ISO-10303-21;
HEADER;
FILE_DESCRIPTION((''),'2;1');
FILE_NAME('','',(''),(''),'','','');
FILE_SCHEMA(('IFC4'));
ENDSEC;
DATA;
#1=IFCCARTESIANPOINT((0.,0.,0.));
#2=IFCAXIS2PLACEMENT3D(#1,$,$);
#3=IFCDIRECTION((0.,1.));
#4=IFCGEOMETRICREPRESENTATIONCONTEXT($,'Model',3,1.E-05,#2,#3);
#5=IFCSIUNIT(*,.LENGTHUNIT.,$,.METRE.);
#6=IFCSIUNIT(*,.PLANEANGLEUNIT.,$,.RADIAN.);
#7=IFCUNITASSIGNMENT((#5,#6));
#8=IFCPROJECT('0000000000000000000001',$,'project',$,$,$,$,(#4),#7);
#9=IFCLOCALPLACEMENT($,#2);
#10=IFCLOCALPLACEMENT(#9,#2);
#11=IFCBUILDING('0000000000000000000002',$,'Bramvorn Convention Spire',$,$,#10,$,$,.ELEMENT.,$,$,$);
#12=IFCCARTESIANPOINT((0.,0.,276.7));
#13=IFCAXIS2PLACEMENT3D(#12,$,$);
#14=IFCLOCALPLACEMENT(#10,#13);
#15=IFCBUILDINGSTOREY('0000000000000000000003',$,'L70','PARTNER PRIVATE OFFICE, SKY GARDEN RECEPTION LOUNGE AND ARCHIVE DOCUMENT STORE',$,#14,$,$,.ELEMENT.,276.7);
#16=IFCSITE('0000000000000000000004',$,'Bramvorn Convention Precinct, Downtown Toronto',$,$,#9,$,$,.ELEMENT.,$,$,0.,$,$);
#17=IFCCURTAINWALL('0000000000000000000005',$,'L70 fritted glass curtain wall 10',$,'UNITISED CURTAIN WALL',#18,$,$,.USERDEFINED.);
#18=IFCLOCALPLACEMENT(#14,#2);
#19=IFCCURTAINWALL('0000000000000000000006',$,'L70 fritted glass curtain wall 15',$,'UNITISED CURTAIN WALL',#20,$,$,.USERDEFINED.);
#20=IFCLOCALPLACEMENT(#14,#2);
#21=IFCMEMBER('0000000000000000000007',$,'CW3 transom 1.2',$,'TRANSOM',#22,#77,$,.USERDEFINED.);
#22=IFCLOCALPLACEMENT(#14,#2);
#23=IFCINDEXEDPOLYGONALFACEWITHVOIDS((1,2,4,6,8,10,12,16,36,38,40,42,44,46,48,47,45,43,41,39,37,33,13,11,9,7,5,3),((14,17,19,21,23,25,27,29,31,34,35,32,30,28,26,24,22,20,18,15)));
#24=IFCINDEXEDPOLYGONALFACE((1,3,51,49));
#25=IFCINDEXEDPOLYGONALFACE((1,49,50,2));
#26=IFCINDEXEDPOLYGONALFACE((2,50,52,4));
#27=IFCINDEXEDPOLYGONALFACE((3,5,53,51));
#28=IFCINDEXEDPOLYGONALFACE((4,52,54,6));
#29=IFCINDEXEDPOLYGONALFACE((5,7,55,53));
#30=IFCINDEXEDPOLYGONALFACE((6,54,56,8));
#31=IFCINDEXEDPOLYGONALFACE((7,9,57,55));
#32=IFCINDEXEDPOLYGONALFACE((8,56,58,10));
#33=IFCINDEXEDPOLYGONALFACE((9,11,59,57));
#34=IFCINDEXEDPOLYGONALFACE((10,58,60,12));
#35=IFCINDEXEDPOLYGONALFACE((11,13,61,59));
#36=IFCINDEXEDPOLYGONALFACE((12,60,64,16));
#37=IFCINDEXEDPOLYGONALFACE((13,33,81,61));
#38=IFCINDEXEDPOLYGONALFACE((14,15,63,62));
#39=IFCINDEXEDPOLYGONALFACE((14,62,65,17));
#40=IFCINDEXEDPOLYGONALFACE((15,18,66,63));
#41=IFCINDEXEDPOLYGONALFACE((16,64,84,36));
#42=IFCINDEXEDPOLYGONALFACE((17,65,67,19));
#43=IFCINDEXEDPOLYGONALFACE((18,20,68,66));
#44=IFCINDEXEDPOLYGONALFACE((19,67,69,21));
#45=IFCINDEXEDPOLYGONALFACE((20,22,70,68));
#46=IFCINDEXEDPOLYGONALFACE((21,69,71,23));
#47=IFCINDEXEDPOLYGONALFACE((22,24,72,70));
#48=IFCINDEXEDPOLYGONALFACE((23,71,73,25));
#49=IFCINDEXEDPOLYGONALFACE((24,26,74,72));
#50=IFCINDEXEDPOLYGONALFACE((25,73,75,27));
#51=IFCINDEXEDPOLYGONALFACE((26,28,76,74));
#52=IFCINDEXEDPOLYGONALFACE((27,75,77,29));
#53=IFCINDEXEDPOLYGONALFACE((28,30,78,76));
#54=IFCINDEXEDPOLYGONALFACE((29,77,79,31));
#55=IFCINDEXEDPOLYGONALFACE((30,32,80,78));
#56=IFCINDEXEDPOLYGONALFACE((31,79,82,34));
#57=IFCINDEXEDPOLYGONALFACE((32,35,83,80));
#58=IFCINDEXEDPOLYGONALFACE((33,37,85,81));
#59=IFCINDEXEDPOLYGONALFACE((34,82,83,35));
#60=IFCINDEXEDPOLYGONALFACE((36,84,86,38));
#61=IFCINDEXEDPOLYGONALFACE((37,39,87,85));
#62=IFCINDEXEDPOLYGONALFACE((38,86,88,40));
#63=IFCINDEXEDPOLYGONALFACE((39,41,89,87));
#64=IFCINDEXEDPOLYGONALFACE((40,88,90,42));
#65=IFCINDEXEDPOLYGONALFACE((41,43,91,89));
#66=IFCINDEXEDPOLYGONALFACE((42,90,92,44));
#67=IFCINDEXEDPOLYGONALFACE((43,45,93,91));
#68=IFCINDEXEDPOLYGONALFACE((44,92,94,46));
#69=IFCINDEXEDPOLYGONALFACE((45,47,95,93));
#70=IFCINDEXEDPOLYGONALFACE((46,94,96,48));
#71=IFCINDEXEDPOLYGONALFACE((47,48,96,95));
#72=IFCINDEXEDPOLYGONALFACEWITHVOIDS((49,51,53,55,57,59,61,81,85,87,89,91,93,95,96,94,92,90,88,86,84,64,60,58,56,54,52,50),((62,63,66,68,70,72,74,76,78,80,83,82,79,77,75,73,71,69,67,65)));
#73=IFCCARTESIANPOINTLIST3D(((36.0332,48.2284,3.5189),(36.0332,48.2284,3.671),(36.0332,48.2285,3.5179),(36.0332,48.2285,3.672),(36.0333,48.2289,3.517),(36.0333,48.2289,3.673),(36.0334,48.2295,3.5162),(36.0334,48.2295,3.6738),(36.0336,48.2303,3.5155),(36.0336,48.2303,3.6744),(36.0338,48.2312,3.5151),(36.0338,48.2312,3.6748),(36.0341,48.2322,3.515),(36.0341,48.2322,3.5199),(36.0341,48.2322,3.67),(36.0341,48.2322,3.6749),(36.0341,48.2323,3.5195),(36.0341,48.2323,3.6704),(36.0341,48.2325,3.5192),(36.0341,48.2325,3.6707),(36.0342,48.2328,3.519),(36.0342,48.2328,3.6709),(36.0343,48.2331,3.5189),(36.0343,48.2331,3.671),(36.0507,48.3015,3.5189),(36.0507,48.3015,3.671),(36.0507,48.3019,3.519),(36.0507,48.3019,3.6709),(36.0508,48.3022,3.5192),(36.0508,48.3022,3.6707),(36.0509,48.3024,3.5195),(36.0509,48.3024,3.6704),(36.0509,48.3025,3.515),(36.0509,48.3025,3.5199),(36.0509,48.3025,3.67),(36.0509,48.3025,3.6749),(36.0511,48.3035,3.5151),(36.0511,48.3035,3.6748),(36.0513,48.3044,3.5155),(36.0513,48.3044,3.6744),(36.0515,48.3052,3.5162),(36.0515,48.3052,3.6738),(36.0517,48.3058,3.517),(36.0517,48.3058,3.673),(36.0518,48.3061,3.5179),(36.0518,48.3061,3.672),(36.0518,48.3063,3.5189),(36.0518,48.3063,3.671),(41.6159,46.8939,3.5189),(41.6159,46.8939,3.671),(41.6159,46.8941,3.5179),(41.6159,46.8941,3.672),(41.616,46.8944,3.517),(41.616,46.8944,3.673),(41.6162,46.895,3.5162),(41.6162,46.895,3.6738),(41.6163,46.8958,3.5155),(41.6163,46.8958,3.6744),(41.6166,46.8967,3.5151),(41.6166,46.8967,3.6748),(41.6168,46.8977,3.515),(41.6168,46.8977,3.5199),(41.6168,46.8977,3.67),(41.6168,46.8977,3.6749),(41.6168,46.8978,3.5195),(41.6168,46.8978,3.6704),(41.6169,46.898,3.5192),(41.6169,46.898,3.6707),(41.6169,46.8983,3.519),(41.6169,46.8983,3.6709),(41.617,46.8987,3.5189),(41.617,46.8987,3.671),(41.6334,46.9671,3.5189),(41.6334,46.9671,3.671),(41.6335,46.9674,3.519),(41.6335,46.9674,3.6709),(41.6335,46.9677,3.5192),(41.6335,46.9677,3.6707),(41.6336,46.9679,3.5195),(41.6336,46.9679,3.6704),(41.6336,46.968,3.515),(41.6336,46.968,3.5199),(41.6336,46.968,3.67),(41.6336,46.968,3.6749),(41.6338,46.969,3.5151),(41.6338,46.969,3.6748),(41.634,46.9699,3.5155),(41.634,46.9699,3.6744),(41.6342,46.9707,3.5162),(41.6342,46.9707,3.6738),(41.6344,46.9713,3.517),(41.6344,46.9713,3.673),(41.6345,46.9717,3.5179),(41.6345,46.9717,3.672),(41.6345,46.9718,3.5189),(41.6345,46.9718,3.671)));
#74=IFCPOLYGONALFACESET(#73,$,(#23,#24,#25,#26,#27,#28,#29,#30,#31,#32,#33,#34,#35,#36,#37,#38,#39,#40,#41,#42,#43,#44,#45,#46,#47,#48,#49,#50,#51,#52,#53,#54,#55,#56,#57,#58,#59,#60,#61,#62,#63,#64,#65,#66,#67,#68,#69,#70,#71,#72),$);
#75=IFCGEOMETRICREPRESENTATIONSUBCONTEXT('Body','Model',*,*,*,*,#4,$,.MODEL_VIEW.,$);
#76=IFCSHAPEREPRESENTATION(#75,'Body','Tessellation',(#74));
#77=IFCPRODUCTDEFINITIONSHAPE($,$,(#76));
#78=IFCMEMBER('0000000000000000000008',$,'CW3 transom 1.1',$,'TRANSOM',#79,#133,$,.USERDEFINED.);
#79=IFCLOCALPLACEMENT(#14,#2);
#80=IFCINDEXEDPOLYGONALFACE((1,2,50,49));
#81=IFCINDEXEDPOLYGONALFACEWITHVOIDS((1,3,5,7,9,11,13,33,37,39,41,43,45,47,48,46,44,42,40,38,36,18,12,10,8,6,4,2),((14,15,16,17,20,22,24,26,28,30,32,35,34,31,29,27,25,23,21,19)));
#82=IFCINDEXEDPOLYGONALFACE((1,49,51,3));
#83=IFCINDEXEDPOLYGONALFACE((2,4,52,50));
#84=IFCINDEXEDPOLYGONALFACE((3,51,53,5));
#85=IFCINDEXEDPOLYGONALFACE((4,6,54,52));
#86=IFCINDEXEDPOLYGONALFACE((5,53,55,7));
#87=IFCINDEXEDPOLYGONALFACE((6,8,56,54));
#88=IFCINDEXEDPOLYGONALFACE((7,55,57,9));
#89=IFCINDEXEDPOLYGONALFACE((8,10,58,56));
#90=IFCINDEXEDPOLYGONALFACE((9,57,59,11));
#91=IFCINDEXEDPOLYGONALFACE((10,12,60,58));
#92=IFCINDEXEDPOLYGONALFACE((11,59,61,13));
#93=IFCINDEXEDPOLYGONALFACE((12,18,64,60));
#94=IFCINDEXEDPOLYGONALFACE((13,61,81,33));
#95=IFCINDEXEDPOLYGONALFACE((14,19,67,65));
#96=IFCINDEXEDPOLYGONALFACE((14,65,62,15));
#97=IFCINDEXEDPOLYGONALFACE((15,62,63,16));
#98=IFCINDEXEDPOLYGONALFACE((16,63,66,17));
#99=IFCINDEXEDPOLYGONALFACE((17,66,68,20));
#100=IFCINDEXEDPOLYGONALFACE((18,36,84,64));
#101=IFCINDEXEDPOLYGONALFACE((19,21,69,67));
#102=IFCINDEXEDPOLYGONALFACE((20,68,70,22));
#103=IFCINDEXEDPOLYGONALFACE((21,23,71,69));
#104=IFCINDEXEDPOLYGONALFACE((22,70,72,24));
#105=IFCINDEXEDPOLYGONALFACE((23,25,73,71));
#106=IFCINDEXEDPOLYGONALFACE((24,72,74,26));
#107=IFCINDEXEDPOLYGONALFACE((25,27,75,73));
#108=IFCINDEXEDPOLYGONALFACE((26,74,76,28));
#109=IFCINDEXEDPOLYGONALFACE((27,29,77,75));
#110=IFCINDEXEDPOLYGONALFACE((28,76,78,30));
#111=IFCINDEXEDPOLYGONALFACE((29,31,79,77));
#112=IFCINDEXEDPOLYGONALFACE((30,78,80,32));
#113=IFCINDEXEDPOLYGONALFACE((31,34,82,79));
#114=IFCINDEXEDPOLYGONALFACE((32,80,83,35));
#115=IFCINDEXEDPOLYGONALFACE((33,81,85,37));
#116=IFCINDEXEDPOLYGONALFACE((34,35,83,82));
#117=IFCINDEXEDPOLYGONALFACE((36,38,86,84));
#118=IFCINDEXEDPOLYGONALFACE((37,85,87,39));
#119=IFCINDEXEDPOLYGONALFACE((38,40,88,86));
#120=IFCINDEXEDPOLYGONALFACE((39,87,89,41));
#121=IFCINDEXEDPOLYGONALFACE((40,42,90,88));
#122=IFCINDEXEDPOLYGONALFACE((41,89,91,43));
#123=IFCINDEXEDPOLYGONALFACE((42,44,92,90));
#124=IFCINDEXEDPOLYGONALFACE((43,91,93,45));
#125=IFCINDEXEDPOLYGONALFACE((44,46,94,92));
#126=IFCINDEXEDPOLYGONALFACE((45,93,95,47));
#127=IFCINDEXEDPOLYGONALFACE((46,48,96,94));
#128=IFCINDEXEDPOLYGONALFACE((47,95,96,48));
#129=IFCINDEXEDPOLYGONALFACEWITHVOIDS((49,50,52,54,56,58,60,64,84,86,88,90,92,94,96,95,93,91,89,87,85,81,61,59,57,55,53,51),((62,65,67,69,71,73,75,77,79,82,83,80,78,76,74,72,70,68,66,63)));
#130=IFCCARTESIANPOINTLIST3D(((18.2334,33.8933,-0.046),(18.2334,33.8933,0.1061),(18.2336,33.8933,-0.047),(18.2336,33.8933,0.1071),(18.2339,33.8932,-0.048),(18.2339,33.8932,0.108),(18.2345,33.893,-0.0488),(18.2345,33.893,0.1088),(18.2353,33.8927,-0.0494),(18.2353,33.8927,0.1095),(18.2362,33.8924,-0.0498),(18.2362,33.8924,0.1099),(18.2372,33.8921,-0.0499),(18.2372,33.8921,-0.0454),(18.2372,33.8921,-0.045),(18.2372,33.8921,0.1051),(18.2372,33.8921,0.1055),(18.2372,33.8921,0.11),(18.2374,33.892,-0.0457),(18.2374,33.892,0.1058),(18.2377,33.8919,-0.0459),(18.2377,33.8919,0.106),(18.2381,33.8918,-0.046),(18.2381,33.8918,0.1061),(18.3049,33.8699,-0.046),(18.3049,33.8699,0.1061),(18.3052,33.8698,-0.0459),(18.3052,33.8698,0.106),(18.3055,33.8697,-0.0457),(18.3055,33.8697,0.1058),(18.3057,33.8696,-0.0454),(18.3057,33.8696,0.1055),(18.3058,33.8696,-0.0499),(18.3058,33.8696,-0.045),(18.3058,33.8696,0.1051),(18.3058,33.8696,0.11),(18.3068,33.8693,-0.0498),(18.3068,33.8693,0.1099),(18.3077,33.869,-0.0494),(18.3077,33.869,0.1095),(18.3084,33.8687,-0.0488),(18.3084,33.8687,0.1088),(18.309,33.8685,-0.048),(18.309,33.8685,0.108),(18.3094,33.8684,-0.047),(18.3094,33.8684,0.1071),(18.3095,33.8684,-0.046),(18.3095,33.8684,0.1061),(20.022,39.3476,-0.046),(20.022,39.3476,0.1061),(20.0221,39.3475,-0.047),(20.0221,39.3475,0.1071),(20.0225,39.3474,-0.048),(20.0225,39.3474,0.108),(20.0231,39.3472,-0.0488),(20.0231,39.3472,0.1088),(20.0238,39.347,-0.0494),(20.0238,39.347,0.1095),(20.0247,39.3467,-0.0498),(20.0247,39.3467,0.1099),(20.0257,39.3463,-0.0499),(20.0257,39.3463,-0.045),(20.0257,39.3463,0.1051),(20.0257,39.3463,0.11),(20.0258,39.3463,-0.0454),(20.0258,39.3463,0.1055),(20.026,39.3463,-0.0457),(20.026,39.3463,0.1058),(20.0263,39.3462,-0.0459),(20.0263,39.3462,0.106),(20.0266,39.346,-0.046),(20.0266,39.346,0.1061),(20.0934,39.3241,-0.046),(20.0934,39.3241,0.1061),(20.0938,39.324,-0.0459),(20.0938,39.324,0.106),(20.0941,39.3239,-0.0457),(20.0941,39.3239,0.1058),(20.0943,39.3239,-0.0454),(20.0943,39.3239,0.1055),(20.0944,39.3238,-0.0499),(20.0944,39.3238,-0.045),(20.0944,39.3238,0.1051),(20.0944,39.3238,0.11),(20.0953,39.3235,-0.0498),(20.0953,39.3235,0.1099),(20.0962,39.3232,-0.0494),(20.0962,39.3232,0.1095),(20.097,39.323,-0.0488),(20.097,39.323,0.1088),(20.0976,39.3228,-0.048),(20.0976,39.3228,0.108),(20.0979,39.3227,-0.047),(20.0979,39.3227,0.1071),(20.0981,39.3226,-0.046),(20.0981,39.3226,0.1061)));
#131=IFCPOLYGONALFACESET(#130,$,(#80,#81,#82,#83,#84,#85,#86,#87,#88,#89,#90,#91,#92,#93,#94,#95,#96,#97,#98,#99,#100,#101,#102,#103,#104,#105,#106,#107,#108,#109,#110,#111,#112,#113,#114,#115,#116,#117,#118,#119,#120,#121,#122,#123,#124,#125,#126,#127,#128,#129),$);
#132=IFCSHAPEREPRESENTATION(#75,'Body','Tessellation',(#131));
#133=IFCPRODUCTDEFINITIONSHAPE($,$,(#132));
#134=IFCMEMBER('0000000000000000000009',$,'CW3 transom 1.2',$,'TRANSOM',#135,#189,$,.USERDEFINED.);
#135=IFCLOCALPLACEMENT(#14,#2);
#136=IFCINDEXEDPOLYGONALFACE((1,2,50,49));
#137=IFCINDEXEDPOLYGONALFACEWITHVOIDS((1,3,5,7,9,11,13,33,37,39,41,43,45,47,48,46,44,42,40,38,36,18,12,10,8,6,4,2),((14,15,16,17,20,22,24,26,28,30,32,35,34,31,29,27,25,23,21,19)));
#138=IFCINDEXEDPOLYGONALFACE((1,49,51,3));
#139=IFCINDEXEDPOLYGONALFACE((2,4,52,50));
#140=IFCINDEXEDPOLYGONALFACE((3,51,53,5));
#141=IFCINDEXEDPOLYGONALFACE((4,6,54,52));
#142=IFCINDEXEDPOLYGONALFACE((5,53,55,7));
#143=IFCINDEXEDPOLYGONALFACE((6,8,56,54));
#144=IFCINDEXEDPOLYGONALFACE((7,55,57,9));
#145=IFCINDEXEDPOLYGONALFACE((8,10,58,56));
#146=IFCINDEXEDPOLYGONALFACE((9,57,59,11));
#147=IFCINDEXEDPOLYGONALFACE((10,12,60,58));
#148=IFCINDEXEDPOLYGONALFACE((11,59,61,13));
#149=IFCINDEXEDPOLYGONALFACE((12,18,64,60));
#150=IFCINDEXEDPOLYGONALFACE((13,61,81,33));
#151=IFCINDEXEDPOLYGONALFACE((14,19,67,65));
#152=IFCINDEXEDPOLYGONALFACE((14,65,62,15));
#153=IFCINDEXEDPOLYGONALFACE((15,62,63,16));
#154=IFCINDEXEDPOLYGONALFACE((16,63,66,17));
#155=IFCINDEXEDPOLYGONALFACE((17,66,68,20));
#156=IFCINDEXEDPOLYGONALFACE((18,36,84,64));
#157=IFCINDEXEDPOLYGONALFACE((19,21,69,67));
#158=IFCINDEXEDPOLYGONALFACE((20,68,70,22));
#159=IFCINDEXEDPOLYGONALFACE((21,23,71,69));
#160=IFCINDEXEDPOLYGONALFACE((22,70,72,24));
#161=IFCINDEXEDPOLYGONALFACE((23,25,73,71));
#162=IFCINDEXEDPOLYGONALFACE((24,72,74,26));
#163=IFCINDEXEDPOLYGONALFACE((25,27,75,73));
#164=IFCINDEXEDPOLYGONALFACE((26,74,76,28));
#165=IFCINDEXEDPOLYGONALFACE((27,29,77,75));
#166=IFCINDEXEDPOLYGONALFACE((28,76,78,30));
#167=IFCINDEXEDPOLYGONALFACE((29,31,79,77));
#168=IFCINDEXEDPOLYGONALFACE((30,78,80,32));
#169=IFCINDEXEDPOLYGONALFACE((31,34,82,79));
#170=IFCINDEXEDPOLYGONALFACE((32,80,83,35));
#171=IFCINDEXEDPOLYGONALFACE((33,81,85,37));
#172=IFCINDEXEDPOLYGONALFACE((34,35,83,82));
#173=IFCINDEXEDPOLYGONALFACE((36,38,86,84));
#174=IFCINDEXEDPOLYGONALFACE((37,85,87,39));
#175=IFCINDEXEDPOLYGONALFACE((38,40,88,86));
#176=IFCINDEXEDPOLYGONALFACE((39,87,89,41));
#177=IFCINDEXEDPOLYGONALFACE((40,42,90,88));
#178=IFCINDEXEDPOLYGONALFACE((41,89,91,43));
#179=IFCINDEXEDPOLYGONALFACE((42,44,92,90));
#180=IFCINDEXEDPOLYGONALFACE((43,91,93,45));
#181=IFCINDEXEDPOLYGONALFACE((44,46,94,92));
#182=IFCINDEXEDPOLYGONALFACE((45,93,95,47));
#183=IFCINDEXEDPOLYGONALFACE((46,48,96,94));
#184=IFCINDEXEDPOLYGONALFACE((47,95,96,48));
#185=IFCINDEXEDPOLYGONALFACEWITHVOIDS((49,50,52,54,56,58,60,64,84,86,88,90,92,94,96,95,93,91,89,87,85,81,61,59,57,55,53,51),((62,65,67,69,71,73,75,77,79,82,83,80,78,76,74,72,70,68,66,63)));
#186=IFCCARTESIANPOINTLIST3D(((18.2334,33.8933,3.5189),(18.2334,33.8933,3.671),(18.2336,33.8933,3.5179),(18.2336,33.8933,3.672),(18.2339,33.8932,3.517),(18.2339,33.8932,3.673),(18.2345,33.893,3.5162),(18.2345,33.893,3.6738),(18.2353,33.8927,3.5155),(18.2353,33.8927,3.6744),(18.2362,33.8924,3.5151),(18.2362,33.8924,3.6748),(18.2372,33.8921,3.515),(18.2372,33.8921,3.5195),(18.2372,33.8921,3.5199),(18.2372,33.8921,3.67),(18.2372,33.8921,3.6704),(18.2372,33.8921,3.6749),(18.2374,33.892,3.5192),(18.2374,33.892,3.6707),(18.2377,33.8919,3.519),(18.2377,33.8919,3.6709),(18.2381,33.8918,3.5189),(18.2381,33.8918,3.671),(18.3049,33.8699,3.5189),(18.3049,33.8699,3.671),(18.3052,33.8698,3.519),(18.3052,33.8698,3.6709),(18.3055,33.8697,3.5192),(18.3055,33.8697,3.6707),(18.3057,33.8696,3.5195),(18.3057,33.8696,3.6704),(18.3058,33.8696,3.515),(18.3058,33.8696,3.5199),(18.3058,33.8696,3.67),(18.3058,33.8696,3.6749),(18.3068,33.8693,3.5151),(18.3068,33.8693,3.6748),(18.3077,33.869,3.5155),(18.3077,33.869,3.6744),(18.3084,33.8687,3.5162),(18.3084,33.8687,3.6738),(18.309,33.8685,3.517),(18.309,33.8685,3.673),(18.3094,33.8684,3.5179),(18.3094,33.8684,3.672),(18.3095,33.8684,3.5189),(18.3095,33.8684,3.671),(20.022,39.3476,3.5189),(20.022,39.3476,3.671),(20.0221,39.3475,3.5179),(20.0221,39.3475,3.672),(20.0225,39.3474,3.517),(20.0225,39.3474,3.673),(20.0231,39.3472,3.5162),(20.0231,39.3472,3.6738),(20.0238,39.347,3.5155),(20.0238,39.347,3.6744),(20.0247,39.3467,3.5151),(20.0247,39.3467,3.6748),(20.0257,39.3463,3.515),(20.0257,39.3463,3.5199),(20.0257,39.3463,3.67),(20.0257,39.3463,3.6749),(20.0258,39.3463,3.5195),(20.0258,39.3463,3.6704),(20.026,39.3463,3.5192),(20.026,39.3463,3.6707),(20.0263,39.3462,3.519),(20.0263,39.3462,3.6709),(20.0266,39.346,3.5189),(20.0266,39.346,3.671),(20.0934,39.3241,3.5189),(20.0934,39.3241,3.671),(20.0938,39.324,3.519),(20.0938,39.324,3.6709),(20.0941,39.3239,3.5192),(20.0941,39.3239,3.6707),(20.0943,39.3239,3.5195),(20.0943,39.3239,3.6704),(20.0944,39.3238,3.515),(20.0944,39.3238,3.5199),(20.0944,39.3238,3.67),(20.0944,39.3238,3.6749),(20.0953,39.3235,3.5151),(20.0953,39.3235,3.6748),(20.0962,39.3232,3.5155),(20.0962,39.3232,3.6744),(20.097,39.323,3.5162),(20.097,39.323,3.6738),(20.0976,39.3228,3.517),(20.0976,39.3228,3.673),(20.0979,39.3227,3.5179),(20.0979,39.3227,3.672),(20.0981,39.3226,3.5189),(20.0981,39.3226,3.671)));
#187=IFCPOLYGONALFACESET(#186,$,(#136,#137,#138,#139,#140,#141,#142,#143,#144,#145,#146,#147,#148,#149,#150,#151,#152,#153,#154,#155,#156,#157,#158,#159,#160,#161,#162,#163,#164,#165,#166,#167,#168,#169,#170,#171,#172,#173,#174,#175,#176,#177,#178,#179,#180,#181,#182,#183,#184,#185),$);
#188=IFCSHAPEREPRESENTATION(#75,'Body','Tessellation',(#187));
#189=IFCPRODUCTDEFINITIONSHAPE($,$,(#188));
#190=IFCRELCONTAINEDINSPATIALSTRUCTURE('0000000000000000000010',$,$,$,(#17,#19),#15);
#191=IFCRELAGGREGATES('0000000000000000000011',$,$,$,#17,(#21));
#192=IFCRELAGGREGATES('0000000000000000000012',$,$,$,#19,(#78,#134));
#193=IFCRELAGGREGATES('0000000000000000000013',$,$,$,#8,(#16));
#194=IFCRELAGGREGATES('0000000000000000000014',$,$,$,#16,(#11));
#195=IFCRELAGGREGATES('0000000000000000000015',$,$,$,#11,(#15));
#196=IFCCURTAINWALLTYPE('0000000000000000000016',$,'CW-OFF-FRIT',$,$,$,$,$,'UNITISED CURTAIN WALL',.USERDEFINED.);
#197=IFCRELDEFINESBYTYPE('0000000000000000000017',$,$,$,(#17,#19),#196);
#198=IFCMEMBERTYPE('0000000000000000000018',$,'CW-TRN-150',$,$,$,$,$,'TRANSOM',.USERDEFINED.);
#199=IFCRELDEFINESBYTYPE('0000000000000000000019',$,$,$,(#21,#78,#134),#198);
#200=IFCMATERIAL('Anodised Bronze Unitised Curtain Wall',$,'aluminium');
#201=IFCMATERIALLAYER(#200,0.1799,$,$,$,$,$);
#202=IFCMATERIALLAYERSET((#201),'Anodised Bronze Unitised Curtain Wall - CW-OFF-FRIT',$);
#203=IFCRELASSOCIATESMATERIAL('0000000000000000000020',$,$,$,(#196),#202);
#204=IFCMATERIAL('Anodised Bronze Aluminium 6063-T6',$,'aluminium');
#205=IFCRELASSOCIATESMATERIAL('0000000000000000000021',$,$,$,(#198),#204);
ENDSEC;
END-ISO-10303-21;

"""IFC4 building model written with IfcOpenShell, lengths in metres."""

from ifc_helpers import new_model, si_unit, direction, frame, origin, origin_2d, place, context, subcontext, project, spatial, hollow_rectangle, extrude, material, layer, layer_set, material_profile, profile_set, type_object, element, aggregate, save


model = new_model("IFC4")

# Units and contexts
model_context = context("Model", 3, precision=1e-05, world=origin(), true_north=direction((0.0, 1.0)))
body_context = subcontext(model_context, "Body", "Model", "MODEL_VIEW")
ifc_project = project(units=[si_unit("LENGTHUNIT", "METRE"), si_unit("PLANEANGLEUNIT", "RADIAN")], contexts=[model_context])

# Site, building, storey
site_placement = place(None, origin())
site = spatial("IfcSite", under=ifc_project, at=site_placement, Name="Bramvorn Convention Precinct, Downtown Toronto", CompositionType="ELEMENT", RefElevation=0.0)
building_placement = place(site_placement, origin())
building = spatial("IfcBuilding", under=site, at=building_placement, Name="Bramvorn Convention Spire", CompositionType="ELEMENT")
storey_placement = place(building_placement, frame((0.0, 0.0, 276.7)))
storey = spatial("IfcBuildingStorey", under=building, at=storey_placement, Name="L70", Description="PARTNER PRIVATE OFFICE, SKY GARDEN RECEPTION LOUNGE AND ARCHIVE DOCUMENT STORE", CompositionType="ELEMENT", Elevation=276.7)

# Curtain wall
ifc_material_1 = material(Name="Anodised Bronze Unitised Curtain Wall", Category="aluminium")
ifc_layer_1 = layer(ifc_material_1, 0.1799)
ifc_layer_set_1 = layer_set([ifc_layer_1], Name="Anodised Bronze Unitised Curtain Wall - CW-OFF-FRIT")
curtain_wall_type = type_object("IfcCurtainWallType", Name="CW-OFF-FRIT", ElementType="UNITISED CURTAIN WALL", PredefinedType="USERDEFINED", material=ifc_layer_set_1)
curtain_wall_1_placement = place(storey_placement, origin())
curtain_wall_1 = element("IfcCurtainWall", 1, at=curtain_wall_1_placement, inside=storey, type_object=curtain_wall_type, Name="L70 fritted glass curtain wall 10", ObjectType="UNITISED CURTAIN WALL", PredefinedType="USERDEFINED")
ifc_material_2 = material(Name="Anodised Bronze Aluminium 6063-T6", Category="aluminium")

# Curtain wall
curtain_wall_2_placement = place(storey_placement, origin())
curtain_wall_2 = element("IfcCurtainWall", 2, at=curtain_wall_2_placement, inside=storey, type_object=curtain_wall_type, Name="L70 fritted glass curtain wall 15", ObjectType="UNITISED CURTAIN WALL", PredefinedType="USERDEFINED")

# Members
ifc_material_profile_1 = material_profile(ifc_material_2, hollow_rectangle(XDim=0.0801, YDim=0.1599, WallThickness=0.0039, InnerFilletRadius=0.001, OuterFilletRadius=0.0039, at=origin_2d()))
ifc_profile_set_1 = profile_set([ifc_material_profile_1], Name="Anodised Bronze Aluminium 6063-T6 - CWT80X160")
member_type_1 = type_object("IfcMemberType", Name="CW-TRN-150", ElementType="TRANSOM", PredefinedType="USERDEFINED", material=ifc_profile_set_1)
member_1_placement = place(storey_placement, frame((36.0425, 48.2673, 3.595), z_axis=(0.9726, -0.232485, 0.0), x_axis=(0.232485, 0.9726, 0.0)))
member_1 = element("IfcMember", 3, at=member_1_placement, type_object=member_type_1, Name="CW3 transom 1.2", ObjectType="TRANSOM", PredefinedType="USERDEFINED", context=body_context, shape_type="SweptSolid", body=[
    extrude(hollow_rectangle(XDim=0.0801, YDim=0.1599, WallThickness=0.0039, InnerFilletRadius=0.001, OuterFilletRadius=0.0039, at=origin_2d()), origin(), (0.0, 0.0, 1.0), 5.74),
])
aggregate(curtain_wall_1, [member_1])
member_2_placement = place(storey_placement, frame((18.2715, 33.8809, 0.03), z_axis=(0.311592, 0.950216, 0.0), x_axis=(-0.950216, 0.311592, 0.0)))
member_2 = element("IfcMember", 4, at=member_2_placement, type_object=member_type_1, Name="CW3 transom 1.1", ObjectType="TRANSOM", PredefinedType="USERDEFINED", context=body_context, shape_type="SweptSolid", body=[
    extrude(hollow_rectangle(XDim=0.0801, YDim=0.1599, WallThickness=0.0039, InnerFilletRadius=0.001, OuterFilletRadius=0.0039, at=origin_2d()), origin(), (0.0, 0.0, 1.0), 5.74),
])
member_3_placement = place(storey_placement, frame((18.2715, 33.8809, 3.595), z_axis=(0.311592, 0.950216, 0.0), x_axis=(-0.950216, 0.311592, 0.0)))
member_3 = element("IfcMember", 5, at=member_3_placement, type_object=member_type_1, Name="CW3 transom 1.2", ObjectType="TRANSOM", PredefinedType="USERDEFINED", context=body_context, shape_type="SweptSolid", body=[
    extrude(hollow_rectangle(XDim=0.0801, YDim=0.1599, WallThickness=0.0039, InnerFilletRadius=0.001, OuterFilletRadius=0.0039, at=origin_2d()), origin(), (0.0, 0.0, 1.0), 5.74),
])

aggregate(curtain_wall_2, [member_2, member_3])

save(model, "model.ifc")
